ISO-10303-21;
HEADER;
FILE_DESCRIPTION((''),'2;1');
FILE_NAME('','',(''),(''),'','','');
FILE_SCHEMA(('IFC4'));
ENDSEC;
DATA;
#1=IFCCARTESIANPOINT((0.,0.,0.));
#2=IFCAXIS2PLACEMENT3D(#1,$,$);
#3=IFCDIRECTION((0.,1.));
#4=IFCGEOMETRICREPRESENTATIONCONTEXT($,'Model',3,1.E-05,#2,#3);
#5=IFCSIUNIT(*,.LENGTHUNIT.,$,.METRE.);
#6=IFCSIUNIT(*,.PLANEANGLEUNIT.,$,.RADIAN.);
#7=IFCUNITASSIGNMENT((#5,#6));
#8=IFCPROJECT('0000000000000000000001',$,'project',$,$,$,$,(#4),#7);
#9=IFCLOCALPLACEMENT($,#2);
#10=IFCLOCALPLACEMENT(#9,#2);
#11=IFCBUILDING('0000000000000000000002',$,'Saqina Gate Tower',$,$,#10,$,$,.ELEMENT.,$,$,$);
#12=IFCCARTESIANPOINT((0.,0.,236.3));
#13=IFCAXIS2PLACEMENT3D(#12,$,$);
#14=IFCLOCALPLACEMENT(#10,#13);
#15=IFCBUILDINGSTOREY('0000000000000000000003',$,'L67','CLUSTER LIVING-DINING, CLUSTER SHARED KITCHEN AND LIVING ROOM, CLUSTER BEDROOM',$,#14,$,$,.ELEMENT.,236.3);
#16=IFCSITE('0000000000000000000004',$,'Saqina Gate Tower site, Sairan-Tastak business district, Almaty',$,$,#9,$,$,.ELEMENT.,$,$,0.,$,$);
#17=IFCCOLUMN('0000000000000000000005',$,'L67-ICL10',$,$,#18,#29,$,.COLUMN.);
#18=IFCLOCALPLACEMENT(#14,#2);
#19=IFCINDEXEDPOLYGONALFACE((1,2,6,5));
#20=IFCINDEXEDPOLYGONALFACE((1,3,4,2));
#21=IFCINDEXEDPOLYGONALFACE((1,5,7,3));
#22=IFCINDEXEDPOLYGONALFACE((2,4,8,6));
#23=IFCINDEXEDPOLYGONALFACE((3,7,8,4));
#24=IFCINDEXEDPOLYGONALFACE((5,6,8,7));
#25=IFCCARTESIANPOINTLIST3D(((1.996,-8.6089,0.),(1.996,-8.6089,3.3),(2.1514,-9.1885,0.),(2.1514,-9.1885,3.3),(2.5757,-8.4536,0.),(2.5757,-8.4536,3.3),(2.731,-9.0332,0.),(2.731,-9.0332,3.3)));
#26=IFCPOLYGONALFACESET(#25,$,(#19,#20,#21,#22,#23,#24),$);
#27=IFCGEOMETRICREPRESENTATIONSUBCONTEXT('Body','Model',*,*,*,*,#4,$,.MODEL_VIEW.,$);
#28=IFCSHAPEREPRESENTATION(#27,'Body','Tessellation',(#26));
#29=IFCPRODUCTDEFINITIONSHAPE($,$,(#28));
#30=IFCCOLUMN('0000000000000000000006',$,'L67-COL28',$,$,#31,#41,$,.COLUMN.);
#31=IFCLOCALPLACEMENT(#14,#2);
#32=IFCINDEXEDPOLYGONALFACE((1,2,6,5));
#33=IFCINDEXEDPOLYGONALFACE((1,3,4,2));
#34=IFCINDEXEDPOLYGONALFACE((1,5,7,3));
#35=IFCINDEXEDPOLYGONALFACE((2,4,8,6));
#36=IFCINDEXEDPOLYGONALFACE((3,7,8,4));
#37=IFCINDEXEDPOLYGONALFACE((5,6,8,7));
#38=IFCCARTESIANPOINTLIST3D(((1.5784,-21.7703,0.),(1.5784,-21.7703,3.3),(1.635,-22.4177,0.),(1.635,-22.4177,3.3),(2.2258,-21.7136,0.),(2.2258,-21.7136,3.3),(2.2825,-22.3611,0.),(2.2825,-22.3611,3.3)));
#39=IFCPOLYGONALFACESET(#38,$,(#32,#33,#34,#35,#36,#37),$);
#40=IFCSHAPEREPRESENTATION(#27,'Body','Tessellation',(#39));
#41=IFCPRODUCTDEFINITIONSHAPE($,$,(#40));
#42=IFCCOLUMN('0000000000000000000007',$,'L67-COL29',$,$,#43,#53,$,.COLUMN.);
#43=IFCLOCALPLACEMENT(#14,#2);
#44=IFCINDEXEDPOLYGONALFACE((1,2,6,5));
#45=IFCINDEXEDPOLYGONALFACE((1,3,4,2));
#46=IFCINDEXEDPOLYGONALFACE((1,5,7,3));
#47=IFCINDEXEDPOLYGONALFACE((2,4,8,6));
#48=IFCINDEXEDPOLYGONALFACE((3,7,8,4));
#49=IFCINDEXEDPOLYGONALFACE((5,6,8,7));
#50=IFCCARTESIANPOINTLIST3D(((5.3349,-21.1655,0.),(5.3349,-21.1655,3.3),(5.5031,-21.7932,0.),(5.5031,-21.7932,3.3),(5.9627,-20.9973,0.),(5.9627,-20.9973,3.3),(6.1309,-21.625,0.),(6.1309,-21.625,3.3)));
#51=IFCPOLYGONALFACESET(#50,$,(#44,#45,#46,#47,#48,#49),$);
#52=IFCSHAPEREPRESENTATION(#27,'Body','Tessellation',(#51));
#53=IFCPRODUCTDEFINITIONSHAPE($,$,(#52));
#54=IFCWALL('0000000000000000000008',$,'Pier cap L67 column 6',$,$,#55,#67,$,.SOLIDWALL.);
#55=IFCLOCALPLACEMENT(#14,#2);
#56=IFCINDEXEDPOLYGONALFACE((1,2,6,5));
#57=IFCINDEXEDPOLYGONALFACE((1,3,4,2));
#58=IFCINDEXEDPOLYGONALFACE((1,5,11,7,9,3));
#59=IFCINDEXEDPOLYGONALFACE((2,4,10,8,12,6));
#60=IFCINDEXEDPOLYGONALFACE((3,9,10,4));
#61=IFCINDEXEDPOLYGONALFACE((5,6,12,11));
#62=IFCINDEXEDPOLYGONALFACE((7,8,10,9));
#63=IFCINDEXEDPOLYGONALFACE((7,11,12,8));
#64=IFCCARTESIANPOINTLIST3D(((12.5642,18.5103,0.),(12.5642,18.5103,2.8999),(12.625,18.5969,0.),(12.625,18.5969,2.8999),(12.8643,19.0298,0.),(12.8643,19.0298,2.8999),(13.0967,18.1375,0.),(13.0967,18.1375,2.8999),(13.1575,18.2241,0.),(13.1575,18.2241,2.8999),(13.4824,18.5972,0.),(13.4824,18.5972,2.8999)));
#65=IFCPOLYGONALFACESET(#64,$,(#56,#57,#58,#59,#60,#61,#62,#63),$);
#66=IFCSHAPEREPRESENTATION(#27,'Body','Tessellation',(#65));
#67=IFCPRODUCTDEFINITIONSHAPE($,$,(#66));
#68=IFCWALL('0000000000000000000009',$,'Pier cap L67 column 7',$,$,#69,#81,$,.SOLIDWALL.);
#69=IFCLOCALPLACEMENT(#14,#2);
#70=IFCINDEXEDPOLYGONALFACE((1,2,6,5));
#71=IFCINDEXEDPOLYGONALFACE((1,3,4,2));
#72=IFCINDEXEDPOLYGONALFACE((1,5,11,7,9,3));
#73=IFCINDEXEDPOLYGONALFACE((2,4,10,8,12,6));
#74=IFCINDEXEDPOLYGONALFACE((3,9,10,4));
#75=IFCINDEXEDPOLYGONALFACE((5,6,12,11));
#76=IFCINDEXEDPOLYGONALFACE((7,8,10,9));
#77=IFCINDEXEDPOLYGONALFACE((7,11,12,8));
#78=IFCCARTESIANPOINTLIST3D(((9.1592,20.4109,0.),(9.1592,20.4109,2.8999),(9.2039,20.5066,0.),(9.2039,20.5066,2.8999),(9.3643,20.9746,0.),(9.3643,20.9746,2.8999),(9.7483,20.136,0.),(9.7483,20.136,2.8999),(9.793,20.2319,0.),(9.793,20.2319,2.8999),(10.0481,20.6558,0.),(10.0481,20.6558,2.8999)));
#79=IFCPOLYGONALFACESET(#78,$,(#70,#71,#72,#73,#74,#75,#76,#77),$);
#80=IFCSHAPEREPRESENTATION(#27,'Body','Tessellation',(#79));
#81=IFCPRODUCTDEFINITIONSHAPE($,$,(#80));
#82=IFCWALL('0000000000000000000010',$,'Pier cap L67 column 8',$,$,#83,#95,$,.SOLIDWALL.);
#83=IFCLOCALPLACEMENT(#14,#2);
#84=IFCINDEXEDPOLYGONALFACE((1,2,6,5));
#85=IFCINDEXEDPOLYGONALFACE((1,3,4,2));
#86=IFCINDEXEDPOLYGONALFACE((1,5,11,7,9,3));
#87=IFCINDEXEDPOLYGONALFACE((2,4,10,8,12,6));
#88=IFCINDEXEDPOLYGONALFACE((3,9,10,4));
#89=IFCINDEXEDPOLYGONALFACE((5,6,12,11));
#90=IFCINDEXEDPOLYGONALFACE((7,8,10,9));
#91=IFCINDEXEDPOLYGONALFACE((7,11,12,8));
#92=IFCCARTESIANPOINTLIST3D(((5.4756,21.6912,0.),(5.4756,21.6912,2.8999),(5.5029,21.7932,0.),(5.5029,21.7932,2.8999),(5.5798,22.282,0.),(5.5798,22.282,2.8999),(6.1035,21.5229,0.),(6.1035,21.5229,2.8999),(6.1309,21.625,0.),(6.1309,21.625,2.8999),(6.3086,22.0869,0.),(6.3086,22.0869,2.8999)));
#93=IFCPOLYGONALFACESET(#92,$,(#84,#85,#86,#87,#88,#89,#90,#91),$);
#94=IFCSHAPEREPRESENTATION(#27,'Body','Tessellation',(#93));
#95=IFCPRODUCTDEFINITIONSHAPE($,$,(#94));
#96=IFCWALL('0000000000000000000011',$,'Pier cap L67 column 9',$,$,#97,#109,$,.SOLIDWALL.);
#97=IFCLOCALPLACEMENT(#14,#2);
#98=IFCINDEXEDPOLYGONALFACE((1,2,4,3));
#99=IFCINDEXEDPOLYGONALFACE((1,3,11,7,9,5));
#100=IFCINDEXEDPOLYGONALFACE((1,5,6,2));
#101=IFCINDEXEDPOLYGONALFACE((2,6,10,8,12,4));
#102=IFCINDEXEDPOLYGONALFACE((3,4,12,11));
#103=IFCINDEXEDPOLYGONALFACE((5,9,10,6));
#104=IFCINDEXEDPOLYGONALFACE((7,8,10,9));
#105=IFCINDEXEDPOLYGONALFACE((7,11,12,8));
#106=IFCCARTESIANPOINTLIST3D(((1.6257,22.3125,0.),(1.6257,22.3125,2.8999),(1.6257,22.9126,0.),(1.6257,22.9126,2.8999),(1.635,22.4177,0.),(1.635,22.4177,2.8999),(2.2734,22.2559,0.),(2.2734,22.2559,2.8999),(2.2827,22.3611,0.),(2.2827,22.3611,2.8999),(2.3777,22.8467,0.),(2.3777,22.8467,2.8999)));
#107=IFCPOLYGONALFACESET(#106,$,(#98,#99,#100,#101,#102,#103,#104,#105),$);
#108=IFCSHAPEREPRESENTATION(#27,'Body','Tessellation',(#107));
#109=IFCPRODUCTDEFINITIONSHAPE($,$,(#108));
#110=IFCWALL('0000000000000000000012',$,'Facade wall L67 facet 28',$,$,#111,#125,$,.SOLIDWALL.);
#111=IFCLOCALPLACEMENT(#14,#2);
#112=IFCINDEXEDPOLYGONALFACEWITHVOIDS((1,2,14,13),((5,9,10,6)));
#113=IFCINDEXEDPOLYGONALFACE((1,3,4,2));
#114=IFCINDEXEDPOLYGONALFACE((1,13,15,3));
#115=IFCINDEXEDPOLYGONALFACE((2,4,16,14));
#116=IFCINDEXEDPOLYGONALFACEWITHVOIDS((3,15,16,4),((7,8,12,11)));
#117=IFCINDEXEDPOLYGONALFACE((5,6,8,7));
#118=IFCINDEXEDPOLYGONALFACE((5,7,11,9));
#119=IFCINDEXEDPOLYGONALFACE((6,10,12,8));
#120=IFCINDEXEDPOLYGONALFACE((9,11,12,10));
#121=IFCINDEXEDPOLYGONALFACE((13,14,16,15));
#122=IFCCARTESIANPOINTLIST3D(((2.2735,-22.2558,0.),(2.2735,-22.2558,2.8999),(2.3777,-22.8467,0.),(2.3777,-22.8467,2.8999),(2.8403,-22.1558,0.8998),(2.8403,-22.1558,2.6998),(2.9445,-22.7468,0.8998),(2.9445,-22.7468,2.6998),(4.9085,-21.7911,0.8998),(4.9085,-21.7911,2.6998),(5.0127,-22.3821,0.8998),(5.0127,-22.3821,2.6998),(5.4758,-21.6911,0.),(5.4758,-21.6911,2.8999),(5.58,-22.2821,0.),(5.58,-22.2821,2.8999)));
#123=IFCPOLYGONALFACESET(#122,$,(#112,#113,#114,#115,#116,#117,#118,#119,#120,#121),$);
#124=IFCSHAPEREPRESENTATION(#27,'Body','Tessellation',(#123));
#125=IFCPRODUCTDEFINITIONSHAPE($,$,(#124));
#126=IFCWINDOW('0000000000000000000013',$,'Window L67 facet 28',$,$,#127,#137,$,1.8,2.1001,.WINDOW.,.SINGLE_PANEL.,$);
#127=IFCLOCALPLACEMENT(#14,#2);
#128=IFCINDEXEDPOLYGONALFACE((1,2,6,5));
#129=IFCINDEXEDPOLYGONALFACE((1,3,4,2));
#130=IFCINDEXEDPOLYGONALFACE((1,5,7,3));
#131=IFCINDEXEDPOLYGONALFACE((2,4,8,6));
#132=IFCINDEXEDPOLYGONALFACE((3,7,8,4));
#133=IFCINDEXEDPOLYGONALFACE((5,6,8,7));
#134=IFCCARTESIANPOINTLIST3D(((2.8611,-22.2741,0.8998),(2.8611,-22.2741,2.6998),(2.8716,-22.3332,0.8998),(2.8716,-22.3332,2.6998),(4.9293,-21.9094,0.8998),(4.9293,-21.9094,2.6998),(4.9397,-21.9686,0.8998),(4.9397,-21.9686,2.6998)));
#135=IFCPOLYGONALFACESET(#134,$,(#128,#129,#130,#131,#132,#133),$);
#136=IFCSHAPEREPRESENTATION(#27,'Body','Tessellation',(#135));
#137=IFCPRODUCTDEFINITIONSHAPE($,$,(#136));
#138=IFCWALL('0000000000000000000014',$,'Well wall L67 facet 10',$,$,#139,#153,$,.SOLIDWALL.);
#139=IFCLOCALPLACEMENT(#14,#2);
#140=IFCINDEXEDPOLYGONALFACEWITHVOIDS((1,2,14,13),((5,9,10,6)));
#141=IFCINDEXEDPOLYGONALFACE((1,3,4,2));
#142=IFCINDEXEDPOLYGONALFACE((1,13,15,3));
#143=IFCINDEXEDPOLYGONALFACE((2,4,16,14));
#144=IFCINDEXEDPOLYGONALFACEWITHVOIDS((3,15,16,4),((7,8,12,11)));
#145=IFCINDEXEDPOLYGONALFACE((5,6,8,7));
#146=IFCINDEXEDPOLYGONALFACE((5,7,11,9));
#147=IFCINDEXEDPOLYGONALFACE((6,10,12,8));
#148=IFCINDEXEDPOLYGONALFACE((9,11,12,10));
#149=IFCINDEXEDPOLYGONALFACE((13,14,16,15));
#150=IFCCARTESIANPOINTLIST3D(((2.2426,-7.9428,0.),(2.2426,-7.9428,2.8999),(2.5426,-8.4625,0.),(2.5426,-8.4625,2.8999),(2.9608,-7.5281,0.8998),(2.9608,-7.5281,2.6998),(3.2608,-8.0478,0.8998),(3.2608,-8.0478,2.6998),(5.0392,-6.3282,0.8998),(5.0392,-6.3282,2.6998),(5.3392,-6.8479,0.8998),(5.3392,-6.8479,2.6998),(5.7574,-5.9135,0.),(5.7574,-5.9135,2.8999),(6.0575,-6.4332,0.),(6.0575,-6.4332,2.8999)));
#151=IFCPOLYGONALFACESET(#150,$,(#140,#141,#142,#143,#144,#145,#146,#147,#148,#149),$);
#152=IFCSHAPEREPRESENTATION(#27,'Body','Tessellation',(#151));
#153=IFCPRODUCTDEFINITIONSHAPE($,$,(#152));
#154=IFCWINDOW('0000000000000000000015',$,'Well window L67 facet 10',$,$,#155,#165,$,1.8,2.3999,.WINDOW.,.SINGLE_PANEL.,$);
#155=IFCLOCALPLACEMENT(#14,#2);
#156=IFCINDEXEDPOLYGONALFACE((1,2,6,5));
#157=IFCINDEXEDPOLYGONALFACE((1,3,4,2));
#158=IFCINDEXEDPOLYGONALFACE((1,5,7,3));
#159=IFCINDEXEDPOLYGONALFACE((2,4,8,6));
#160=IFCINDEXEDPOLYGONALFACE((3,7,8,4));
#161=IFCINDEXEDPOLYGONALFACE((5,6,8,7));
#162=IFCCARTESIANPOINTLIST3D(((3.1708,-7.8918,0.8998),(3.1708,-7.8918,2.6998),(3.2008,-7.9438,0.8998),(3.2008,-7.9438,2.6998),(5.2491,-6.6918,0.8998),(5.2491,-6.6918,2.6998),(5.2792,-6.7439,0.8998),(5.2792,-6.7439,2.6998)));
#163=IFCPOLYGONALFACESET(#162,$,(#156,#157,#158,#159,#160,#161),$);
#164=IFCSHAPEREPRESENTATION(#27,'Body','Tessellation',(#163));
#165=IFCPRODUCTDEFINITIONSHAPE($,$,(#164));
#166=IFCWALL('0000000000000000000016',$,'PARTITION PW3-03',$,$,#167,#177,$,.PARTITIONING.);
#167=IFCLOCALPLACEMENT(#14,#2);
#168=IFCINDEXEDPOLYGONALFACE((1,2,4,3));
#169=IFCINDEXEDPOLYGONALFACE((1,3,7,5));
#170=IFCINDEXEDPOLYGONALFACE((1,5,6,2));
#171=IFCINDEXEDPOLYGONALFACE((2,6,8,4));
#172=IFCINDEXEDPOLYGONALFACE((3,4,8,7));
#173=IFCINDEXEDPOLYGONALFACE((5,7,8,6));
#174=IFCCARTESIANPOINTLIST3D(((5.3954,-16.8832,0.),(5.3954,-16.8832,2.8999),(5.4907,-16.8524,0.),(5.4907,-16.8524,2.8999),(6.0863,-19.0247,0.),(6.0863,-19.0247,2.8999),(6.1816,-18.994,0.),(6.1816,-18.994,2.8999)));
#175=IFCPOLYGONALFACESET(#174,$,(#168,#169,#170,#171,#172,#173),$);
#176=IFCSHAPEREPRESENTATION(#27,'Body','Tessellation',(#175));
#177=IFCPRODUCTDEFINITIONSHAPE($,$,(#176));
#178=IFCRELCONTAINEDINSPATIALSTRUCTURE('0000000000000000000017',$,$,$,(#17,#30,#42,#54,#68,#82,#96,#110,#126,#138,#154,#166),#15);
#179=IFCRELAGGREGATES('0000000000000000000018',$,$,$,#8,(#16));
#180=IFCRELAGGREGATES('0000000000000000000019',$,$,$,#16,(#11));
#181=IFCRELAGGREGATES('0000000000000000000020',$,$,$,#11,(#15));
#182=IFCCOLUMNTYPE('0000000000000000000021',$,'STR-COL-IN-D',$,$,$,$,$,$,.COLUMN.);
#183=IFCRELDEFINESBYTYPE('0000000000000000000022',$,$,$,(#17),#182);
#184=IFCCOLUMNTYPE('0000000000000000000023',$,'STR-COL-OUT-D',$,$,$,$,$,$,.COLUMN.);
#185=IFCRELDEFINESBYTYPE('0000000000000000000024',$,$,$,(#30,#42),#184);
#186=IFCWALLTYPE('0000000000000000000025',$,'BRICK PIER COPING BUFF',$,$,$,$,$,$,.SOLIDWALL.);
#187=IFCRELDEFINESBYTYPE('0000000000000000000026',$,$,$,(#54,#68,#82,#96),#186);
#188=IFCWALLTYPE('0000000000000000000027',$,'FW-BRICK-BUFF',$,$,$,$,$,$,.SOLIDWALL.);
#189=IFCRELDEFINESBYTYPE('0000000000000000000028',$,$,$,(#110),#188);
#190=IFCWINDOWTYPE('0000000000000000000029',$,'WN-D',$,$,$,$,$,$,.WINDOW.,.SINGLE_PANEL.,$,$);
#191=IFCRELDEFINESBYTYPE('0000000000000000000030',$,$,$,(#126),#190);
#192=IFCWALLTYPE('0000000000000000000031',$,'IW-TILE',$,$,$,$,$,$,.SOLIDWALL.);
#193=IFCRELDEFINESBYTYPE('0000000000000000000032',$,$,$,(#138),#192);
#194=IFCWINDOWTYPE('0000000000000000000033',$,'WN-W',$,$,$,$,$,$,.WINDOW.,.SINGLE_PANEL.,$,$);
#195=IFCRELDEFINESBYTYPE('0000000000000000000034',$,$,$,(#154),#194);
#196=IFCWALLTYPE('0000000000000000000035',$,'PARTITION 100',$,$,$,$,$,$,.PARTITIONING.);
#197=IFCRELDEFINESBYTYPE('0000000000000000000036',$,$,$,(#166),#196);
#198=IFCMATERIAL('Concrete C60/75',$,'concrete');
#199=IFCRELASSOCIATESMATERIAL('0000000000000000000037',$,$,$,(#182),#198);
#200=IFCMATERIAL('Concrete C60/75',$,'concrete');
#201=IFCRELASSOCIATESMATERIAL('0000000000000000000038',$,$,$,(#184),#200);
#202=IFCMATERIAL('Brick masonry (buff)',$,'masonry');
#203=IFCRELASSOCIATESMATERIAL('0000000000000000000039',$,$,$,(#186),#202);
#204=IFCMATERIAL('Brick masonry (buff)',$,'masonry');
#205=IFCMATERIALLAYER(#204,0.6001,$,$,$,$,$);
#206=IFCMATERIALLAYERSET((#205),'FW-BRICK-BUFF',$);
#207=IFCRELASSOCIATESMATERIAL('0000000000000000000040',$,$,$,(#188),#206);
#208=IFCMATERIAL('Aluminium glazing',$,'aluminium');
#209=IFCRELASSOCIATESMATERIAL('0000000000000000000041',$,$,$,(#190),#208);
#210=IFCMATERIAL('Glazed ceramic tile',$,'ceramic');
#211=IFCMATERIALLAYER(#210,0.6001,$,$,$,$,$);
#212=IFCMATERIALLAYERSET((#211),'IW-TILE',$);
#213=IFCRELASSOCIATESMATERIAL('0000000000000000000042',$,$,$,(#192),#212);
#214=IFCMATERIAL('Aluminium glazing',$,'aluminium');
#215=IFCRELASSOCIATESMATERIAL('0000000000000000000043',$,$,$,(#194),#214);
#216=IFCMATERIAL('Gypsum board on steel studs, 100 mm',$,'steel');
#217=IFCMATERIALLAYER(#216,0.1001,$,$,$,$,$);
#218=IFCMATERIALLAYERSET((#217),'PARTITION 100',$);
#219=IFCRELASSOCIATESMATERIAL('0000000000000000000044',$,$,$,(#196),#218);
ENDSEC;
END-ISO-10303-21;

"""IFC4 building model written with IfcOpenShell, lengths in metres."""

from ifc_helpers import new_model, si_unit, direction, frame, frame_2d, origin, origin_2d, place, context, subcontext, project, spatial, polyline, rectangle, outline, extrude, material, layer, layer_set, material_profile, profile_set, type_object, element, fill, save


model = new_model("IFC4")

# Units and contexts
model_context = context("Model", 3, precision=1e-05, world=origin(), true_north=direction((0.0, 1.0)))
body_context = subcontext(model_context, "Body", "Model", "MODEL_VIEW")
ifc_project = project(units=[si_unit("LENGTHUNIT", "METRE"), si_unit("PLANEANGLEUNIT", "RADIAN")], contexts=[model_context])

# Site, building, storey
site_placement = place(None, origin())
site = spatial("IfcSite", under=ifc_project, at=site_placement, Name="Saqina Gate Tower site, Sairan-Tastak business district, Almaty", CompositionType="ELEMENT", RefElevation=0.0)
building_placement = place(site_placement, origin())
building = spatial("IfcBuilding", under=site, at=building_placement, Name="Saqina Gate Tower", CompositionType="ELEMENT")
storey_placement = place(building_placement, frame((0.0, 0.0, 236.3)))
storey = spatial("IfcBuildingStorey", under=building, at=storey_placement, Name="L67", Description="CLUSTER LIVING-DINING, CLUSTER SHARED KITCHEN AND LIVING ROOM, CLUSTER BEDROOM", CompositionType="ELEMENT", Elevation=236.3)

# Columns
ifc_material_1 = material(Name="Concrete C60/75", Category="concrete")
ifc_material_profile_1 = material_profile(ifc_material_1, rectangle(XDim=0.6001, YDim=0.6001, at=origin_2d()), Name="RC 600x600")
ifc_profile_set_1 = profile_set([ifc_material_profile_1], Name="Concrete C60/75")
column_type_1 = type_object("IfcColumnType", Name="STR-COL-IN-D", PredefinedType="COLUMN", material=ifc_profile_set_1)
column_placement = place(storey_placement, frame((2.3635, -8.821, 0.0), z_axis=(0.0, 0.0, 1.0), x_axis=(0.258819, -0.965926, 0.0)))
element("IfcColumn", 1, at=column_placement, inside=storey, type_object=column_type_1, Name="L67-ICL10", PredefinedType="COLUMN", context=body_context, shape_type="SweptSolid", body=[
    extrude(rectangle(XDim=0.6001, YDim=0.6001, at=origin_2d()), origin(), (0.0, 0.0, 1.0), 3.3),
])
ifc_material_2 = material(Name="Concrete C60/75", Category="concrete")
ifc_material_profile_2 = material_profile(ifc_material_2, rectangle(XDim=0.6499, YDim=0.6499, at=origin_2d()), Name="RC 650x650")
ifc_profile_set_2 = profile_set([ifc_material_profile_2], Name="Concrete C60/75")
column_type_2 = type_object("IfcColumnType", Name="STR-COL-OUT-D", PredefinedType="COLUMN", material=ifc_profile_set_2)
for number, where, z_axis, x_axis, name in (
    (2, (1.9304, -22.0657, 0.0), (0.0, 0.0, 1.0), (0.087156, -0.996195, 0.0), "L67-COL28"),
    (3, (5.7329, -21.3953, 0.0), (0.0, 0.0, 1.0), (0.258819, -0.965926, 0.0), "L67-COL29"),
):
    element("IfcColumn", number, at=place(storey_placement, frame(where, z_axis=z_axis, x_axis=x_axis)), inside=storey, type_object=column_type_2, Name=name, PredefinedType="COLUMN", context=body_context, shape_type="SweptSolid", body=[
        extrude(rectangle(XDim=0.6499, YDim=0.6499, at=origin_2d()), origin(), (0.0, 0.0, 1.0), 3.3),
    ])

# Walls
ifc_material_3 = material(Name="Brick masonry (buff)", Category="masonry")
wall_type_1 = type_object("IfcWallType", Name="BRICK PIER COPING BUFF", PredefinedType="SOLIDWALL", material=ifc_material_3)
wall_1_placement = place(storey_placement, origin())
element("IfcWall", 4, at=wall_1_placement, inside=storey, type_object=wall_type_1, Name="Pier cap L67 column 6", PredefinedType="SOLIDWALL", context=body_context, shape_type="SweptSolid", body=[
    extrude(outline(polyline([(12.8643, 19.0298), (12.5642, 18.5103), (12.625, 18.5969), (13.1575, 18.2241), (13.0967, 18.1375), (13.4824, 18.5972), (12.8643, 19.0298)])), origin(), (0.0, 0.0, 1.0), 2.8999),
])
wall_2_placement = place(storey_placement, origin())
element("IfcWall", 5, at=wall_2_placement, inside=storey, type_object=wall_type_1, Name="Pier cap L67 column 7", PredefinedType="SOLIDWALL", context=body_context, shape_type="SweptSolid", body=[
    extrude(outline(polyline([(10.0481, 20.6558), (9.3643, 20.9746), (9.1592, 20.4109), (9.2039, 20.5066), (9.793, 20.2319), (9.7483, 20.136), (10.0481, 20.6558)])), origin(), (0.0, 0.0, 1.0), 2.8999),
])
wall_3_placement = place(storey_placement, origin())
element("IfcWall", 6, at=wall_3_placement, inside=storey, type_object=wall_type_1, Name="Pier cap L67 column 8", PredefinedType="SOLIDWALL", context=body_context, shape_type="SweptSolid", body=[
    extrude(outline(polyline([(5.5798, 22.282), (5.4756, 21.6912), (5.5029, 21.7932), (6.1309, 21.625), (6.1035, 21.5229), (6.3086, 22.0869), (5.5798, 22.282)])), origin(), (0.0, 0.0, 1.0), 2.8999),
])
wall_4_placement = place(storey_placement, origin())
element("IfcWall", 7, at=wall_4_placement, inside=storey, type_object=wall_type_1, Name="Pier cap L67 column 9", PredefinedType="SOLIDWALL", context=body_context, shape_type="SweptSolid", body=[
    extrude(outline(polyline([(2.3777, 22.8467), (1.6257, 22.9126), (1.6257, 22.3125), (1.635, 22.4177), (2.2827, 22.3611), (2.2734, 22.2559), (2.3777, 22.8467)])), origin(), (0.0, 0.0, 1.0), 2.8999),
])

# Walls, openings, windows
ifc_material_4 = material(Name="Brick masonry (buff)", Category="masonry")
ifc_layer_1 = layer(ifc_material_4, 0.6001)
ifc_layer_set_1 = layer_set([ifc_layer_1], Name="FW-BRICK-BUFF")
wall_type_2 = type_object("IfcWallType", Name="FW-BRICK-BUFF", PredefinedType="SOLIDWALL", material=ifc_layer_set_1)
wall_5_placement = place(storey_placement, frame((2.3254, -22.5513, 0.0), z_axis=(0.0, 0.0, 1.0), x_axis=(0.984806, 0.173657, 0.0)))
wall_5 = element("IfcWall", 8, at=wall_5_placement, inside=storey, type_object=wall_type_2, Name="Facade wall L67 facet 28", PredefinedType="SOLIDWALL", context=body_context, shape_type="SweptSolid", body=[
    extrude(rectangle(XDim=3.2517, YDim=0.6001, at=frame_2d((1.626, 0.0))), origin(), (0.0, 0.0, 1.0), 2.8999),
])
opening_1_placement = place(wall_5_placement, frame((0.5757, 0.0, 0.8999)))
opening_1 = element("IfcOpeningElement", 9, at=opening_1_placement, cuts=wall_5, PredefinedType="OPENING", context=body_context, shape_type="SweptSolid", body=[
    extrude(rectangle(XDim=2.1001, YDim=1.8, at=frame_2d((1.05, 0.8999))), frame((0.0, 0.312, 0.0), z_axis=(0.0, -1.0, 0.0), x_axis=(1.0, 0.0, 0.0)), (0.0, 0.0, 1.0), 0.624),
])
ifc_material_5 = material(Name="Aluminium glazing", Category="aluminium")
window_type_1 = type_object("IfcWindowType", Name="WN-D", PartitioningType="SINGLE_PANEL", PredefinedType="WINDOW", material=ifc_material_5)
window_1_placement = place(opening_1_placement, origin())
window_1 = element("IfcWindow", 10, at=window_1_placement, inside=storey, type_object=window_type_1, Name="Window L67 facet 28", OverallHeight=1.8, OverallWidth=2.1001, PartitioningType="SINGLE_PANEL", PredefinedType="WINDOW", context=body_context, shape_type="SweptSolid", body=[
    extrude(rectangle(XDim=2.1001, YDim=1.8, at=frame_2d((1.05, 0.8999))), frame((0.0, 0.1799, 0.0), z_axis=(0.0, -1.0, 0.0), x_axis=(1.0, 0.0, 0.0)), (0.0, 0.0, 1.0), 0.0601),
])
fill(opening_1, window_1)
ifc_material_6 = material(Name="Glazed ceramic tile", Category="ceramic")
ifc_layer_2 = layer(ifc_material_6, 0.6001)
ifc_layer_set_2 = layer_set([ifc_layer_2], Name="IW-TILE")
wall_type_3 = type_object("IfcWallType", Name="IW-TILE", PredefinedType="SOLIDWALL", material=ifc_layer_set_2)
wall_6_placement = place(storey_placement, frame((2.3926, -8.2026, 0.0), z_axis=(0.0, 0.0, 1.0), x_axis=(0.866028, 0.499995, 0.0)))
wall_6 = element("IfcWall", 11, at=wall_6_placement, inside=storey, type_object=wall_type_3, Name="Well wall L67 facet 10", PredefinedType="SOLIDWALL", context=body_context, shape_type="SweptSolid", body=[
    extrude(rectangle(XDim=4.0586, YDim=0.6001, at=frame_2d((2.0293, 0.0))), origin(), (0.0, 0.0, 1.0), 2.8999),
])
opening_2_placement = place(wall_6_placement, frame((0.8293, 0.0, 0.8999)))
opening_2 = element("IfcOpeningElement", 12, at=opening_2_placement, cuts=wall_6, PredefinedType="OPENING", context=body_context, shape_type="SweptSolid", body=[
    extrude(rectangle(XDim=2.3999, YDim=1.8, at=frame_2d((1.2, 0.8999))), frame((0.0, 0.312, 0.0), z_axis=(0.0, -1.0, 0.0), x_axis=(1.0, 0.0, 0.0)), (0.0, 0.0, 1.0), 0.624),
])
ifc_material_7 = material(Name="Aluminium glazing", Category="aluminium")
window_type_2 = type_object("IfcWindowType", Name="WN-W", PartitioningType="SINGLE_PANEL", PredefinedType="WINDOW", material=ifc_material_7)
window_2_placement = place(opening_2_placement, origin())
window_2 = element("IfcWindow", 13, at=window_2_placement, inside=storey, type_object=window_type_2, Name="Well window L67 facet 10", OverallHeight=1.8, OverallWidth=2.3999, PartitioningType="SINGLE_PANEL", PredefinedType="WINDOW", context=body_context, shape_type="SweptSolid", body=[
    extrude(rectangle(XDim=2.3999, YDim=1.8, at=frame_2d((1.2, 0.8999))), frame((0.0, -0.1199, 0.0), z_axis=(0.0, -1.0, 0.0), x_axis=(1.0, 0.0, 0.0)), (0.0, 0.0, 1.0), 0.0601),
])
fill(opening_2, window_2)

# Wall
ifc_material_8 = material(Name="Gypsum board on steel studs, 100 mm", Category="steel")
ifc_layer_3 = layer(ifc_material_8, 0.1001)
ifc_layer_set_3 = layer_set([ifc_layer_3], Name="PARTITION 100")
wall_type_4 = type_object("IfcWallType", Name="PARTITION 100", PredefinedType="PARTITIONING", material=ifc_layer_set_3)
wall_7_placement = place(storey_placement, frame((5.4431, -16.8679, 0.0), z_axis=(0.0, 0.0, 1.0), x_axis=(0.307034, -0.951698, 0.0)))
element("IfcWall", 14, at=wall_7_placement, inside=storey, type_object=wall_type_4, Name="PARTITION PW3-03", PredefinedType="PARTITIONING", context=body_context, shape_type="SweptSolid", body=[
    extrude(rectangle(XDim=2.2502, YDim=0.1001, at=frame_2d((1.125, 0.0))), origin(), (0.0, 0.0, 1.0), 2.8999),
])

save(model, "model.ifc")
